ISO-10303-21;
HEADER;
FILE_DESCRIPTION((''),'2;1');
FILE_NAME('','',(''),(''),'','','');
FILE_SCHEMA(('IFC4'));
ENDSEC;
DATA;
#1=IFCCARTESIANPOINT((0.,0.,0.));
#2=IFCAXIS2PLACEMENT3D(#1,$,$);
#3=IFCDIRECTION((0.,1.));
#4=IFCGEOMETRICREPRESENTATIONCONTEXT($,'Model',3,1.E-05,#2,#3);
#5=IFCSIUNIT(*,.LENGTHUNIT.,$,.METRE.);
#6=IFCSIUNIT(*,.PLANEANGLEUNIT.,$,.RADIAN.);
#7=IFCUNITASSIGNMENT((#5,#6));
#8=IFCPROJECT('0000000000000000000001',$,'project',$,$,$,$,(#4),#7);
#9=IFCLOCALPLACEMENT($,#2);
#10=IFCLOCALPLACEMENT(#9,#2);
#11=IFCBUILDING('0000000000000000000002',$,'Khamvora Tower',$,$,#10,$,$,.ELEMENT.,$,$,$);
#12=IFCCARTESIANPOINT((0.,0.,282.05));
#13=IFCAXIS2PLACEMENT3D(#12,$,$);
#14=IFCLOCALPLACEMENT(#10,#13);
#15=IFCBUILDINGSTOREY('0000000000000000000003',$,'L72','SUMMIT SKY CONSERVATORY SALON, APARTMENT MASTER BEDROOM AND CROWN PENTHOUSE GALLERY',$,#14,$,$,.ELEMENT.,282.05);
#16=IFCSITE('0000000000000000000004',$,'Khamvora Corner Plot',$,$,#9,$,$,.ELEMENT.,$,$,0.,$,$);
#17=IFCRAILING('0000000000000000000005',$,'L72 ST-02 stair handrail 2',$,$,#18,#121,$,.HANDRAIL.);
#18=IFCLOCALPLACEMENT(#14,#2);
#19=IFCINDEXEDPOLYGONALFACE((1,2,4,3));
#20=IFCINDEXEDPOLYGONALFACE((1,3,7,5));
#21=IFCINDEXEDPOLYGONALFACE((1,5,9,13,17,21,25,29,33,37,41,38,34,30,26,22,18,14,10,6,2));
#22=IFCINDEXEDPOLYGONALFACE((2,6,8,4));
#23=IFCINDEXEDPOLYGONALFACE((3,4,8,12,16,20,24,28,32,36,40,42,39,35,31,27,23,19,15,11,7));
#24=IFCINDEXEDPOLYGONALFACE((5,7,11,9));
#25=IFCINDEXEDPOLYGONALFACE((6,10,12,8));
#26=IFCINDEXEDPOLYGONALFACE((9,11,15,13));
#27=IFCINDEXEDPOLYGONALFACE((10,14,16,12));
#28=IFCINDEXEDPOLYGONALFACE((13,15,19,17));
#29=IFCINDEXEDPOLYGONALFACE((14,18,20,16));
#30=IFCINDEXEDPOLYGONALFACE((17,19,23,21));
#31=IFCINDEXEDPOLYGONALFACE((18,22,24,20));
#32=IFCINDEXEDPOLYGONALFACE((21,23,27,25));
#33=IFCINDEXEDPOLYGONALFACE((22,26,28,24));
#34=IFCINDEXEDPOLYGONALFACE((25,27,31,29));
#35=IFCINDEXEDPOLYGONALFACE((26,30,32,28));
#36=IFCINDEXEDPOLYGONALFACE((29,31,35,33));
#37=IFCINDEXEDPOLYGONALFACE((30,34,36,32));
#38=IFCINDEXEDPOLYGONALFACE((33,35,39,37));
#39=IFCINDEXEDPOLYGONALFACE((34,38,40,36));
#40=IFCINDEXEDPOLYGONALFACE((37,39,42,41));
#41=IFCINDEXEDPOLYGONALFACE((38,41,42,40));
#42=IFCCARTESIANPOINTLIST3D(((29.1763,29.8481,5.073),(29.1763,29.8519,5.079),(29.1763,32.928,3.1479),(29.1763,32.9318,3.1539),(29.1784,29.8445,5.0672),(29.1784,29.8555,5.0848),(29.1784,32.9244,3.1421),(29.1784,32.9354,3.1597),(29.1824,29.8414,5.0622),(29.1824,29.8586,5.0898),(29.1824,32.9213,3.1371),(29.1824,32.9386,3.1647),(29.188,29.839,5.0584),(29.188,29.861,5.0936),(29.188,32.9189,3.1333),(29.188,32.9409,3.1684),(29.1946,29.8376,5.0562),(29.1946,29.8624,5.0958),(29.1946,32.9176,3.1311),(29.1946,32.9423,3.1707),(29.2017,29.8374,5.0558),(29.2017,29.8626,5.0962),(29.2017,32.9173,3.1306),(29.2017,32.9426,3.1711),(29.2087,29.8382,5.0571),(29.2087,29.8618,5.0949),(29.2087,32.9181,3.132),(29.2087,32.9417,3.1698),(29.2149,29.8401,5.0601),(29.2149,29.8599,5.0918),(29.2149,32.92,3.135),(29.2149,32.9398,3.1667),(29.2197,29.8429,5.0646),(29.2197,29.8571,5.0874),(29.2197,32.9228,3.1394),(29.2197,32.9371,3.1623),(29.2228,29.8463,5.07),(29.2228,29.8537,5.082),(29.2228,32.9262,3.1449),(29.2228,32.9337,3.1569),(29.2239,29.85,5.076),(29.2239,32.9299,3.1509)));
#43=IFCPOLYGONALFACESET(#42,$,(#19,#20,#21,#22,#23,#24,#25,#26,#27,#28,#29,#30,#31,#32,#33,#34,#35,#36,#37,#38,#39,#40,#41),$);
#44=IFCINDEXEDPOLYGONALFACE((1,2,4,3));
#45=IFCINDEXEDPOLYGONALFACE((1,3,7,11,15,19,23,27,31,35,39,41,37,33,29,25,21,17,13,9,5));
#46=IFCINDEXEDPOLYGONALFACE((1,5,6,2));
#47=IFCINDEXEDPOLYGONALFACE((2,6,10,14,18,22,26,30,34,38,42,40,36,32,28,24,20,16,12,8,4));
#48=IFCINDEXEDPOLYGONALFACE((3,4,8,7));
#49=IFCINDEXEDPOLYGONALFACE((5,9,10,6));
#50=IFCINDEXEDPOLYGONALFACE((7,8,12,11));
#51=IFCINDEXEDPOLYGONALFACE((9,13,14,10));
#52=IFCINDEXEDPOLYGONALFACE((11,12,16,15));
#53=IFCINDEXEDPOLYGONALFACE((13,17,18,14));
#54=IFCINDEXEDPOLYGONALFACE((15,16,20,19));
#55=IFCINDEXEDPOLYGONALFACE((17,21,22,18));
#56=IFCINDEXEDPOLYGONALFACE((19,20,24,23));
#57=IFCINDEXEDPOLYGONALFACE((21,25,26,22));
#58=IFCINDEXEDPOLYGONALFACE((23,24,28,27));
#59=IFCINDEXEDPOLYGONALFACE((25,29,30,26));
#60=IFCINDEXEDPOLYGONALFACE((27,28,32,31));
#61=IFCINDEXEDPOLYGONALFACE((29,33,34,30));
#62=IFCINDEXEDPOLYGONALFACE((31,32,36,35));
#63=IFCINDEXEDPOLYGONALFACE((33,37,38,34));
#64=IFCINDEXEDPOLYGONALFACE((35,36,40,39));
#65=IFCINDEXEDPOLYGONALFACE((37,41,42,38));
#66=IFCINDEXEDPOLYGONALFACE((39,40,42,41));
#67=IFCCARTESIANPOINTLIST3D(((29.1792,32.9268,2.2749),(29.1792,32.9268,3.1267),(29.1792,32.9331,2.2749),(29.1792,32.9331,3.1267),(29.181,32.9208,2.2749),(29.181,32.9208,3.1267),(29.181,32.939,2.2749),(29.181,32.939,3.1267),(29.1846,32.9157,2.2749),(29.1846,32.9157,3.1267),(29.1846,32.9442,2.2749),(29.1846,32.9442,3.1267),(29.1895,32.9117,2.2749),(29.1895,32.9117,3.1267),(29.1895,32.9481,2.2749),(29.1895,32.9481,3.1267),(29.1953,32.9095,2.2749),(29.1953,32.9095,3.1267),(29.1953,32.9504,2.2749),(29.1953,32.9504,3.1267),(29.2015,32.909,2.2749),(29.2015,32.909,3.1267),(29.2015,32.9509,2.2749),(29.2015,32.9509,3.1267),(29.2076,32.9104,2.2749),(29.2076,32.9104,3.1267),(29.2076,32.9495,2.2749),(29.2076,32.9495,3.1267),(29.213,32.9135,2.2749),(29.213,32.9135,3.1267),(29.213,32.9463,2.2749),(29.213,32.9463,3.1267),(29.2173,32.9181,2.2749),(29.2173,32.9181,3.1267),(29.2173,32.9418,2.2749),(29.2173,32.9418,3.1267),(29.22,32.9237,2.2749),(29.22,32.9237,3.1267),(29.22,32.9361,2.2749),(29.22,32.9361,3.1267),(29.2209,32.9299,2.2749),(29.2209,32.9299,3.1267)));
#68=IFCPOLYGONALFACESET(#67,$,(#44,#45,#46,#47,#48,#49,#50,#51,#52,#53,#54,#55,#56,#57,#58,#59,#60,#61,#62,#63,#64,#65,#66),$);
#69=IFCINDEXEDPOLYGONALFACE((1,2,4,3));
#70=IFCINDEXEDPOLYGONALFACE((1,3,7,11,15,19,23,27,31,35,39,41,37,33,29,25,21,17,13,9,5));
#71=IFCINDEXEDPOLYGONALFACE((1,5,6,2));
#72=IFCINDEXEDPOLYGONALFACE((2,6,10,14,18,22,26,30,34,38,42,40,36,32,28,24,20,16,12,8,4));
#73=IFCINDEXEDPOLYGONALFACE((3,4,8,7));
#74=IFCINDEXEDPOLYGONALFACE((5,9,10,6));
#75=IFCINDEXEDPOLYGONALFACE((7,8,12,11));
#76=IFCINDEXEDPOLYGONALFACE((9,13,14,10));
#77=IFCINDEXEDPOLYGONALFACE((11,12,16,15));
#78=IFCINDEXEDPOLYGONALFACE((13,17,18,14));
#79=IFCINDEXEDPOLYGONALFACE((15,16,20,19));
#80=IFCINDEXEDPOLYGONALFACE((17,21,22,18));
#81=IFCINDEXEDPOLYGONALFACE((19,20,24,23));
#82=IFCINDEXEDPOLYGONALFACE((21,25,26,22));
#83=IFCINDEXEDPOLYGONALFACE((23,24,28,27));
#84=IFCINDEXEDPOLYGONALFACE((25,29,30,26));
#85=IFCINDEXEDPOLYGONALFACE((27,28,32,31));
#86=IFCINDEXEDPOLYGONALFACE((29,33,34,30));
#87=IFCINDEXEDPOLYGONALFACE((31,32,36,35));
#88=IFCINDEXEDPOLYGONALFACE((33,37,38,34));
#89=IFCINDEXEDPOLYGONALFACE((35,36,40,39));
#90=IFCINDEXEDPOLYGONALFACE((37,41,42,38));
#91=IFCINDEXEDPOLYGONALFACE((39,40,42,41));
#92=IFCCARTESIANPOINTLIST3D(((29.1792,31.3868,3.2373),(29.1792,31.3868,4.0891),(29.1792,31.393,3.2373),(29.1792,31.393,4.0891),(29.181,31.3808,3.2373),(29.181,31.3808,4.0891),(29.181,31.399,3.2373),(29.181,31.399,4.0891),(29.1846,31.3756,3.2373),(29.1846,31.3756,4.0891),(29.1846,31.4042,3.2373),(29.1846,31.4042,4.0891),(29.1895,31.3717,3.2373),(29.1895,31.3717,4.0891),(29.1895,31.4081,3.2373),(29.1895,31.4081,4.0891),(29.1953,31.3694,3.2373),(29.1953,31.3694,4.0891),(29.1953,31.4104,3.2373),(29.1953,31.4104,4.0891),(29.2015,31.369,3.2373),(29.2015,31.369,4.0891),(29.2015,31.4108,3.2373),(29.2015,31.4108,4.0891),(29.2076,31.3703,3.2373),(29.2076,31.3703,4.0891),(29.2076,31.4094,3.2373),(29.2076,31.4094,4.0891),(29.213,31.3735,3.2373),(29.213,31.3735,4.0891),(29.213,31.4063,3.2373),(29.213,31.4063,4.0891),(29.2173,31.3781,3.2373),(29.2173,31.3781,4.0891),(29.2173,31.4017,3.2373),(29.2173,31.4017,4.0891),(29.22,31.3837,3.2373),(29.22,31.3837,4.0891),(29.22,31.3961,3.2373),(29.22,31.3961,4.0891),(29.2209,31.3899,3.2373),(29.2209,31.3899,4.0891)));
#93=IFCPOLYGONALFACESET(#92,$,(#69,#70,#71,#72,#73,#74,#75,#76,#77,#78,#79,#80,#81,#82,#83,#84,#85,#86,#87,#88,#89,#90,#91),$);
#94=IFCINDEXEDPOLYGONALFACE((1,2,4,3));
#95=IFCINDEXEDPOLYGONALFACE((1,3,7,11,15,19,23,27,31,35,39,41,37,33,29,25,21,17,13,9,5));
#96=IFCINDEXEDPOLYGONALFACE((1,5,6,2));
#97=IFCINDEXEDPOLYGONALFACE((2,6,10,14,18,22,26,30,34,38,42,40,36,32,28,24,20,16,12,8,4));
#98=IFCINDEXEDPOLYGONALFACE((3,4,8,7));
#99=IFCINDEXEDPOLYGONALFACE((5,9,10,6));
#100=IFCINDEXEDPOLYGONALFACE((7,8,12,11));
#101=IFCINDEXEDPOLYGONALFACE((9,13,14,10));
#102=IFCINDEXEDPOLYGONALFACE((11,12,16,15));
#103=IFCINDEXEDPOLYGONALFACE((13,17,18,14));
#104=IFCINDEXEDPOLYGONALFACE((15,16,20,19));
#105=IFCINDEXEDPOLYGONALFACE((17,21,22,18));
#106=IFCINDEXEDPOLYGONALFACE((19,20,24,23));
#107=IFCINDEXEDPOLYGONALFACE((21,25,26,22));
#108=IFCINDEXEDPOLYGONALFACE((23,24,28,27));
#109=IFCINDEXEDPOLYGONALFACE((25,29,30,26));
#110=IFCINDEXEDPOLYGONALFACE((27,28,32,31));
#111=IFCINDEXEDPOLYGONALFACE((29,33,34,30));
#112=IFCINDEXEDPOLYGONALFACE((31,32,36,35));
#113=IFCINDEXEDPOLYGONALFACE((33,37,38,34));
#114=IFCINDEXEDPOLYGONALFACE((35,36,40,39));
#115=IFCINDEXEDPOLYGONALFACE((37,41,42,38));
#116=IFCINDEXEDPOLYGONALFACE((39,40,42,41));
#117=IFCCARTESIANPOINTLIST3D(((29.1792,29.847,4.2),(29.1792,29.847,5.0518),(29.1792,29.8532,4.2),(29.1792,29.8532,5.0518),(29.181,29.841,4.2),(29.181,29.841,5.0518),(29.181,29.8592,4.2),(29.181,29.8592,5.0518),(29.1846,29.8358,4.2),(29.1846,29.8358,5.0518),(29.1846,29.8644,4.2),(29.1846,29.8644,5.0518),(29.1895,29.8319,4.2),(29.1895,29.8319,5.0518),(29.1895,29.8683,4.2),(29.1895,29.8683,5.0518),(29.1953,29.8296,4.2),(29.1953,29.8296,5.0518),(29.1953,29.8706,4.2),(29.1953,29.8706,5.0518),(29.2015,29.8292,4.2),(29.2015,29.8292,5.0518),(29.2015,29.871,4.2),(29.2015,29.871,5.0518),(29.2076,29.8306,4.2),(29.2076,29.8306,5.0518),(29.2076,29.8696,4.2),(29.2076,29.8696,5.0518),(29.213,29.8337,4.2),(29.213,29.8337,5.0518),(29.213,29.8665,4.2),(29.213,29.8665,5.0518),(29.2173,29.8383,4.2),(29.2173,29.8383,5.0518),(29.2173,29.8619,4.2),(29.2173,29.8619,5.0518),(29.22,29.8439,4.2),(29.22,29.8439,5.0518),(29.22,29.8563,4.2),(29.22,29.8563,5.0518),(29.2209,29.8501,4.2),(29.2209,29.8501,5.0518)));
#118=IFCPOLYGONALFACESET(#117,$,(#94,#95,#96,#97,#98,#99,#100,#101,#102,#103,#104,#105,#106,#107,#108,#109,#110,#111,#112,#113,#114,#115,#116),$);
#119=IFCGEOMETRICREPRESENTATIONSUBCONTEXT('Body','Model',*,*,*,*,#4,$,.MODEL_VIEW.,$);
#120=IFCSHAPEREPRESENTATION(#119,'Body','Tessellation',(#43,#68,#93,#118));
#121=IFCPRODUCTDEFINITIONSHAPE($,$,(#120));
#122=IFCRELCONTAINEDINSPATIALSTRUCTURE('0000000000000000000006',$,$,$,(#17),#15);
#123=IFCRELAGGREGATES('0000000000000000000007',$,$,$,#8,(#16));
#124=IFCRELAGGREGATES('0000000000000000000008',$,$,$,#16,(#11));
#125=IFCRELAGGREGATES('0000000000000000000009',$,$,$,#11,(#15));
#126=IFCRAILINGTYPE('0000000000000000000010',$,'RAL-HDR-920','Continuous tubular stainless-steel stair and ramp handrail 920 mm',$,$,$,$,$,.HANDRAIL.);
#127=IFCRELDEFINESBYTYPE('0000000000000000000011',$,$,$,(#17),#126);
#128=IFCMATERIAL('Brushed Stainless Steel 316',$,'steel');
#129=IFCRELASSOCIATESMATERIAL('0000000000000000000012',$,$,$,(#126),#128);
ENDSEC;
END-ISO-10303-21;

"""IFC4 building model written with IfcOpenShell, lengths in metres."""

from ifc_helpers import new_model, si_unit, direction, frame, origin, origin_2d, place, context, subcontext, project, spatial, circle, extrude, material, type_object, element, save


model = new_model("IFC4")

# Units and contexts
model_context = context("Model", 3, precision=1e-05, world=origin(), true_north=direction((0.0, 1.0)))
body_context = subcontext(model_context, "Body", "Model", "MODEL_VIEW")
ifc_project = project(units=[si_unit("LENGTHUNIT", "METRE"), si_unit("PLANEANGLEUNIT", "RADIAN")], contexts=[model_context])

# Site, building, storey
site_placement = place(None, origin())
site = spatial("IfcSite", under=ifc_project, at=site_placement, Name="Khamvora Corner Plot", CompositionType="ELEMENT", RefElevation=0.0)
building_placement = place(site_placement, origin())
building = spatial("IfcBuilding", under=site, at=building_placement, Name="Khamvora Tower", CompositionType="ELEMENT")
storey_placement = place(building_placement, frame((0.0, 0.0, 282.05)))
storey = spatial("IfcBuildingStorey", under=building, at=storey_placement, Name="L72", Description="SUMMIT SKY CONSERVATORY SALON, APARTMENT MASTER BEDROOM AND CROWN PENTHOUSE GALLERY", CompositionType="ELEMENT", Elevation=282.05)

# Railing
ifc_material_1 = material(Name="Brushed Stainless Steel 316", Category="steel")
railing_type_1 = type_object("IfcRailingType", Name="RAL-HDR-920", Description="Continuous tubular stainless-steel stair and ramp handrail 920 mm", PredefinedType="HANDRAIL", material=ifc_material_1)
railing_1_placement = place(storey_placement, frame((29.2, 32.9299, 2.2749)))
element("IfcRailing", 1, at=railing_1_placement, inside=storey, type_object=railing_type_1, Name="L72 ST-02 stair handrail 2", PredefinedType="HANDRAIL", context=body_context, shape_type="SweptSolid", body=[
    extrude(circle(Radius=0.0239, at=origin_2d()), frame((0.0, 0.0, 0.876), z_axis=(0.0, -0.847979, 0.530029), x_axis=(1.0, 0.0, 0.0)), (0.0, 0.0, 1.0), 3.6321),
    extrude(circle(Radius=0.021, at=origin_2d()), origin(), (0.0, 0.0, 1.0), 0.8518),
    extrude(circle(Radius=0.021, at=origin_2d()), frame((0.0, -1.54, 0.9624)), (0.0, 0.0, 1.0), 0.8518),
    extrude(circle(Radius=0.021, at=origin_2d()), frame((0.0, -3.0798, 1.925)), (0.0, 0.0, 1.0), 0.8518),
])

save(model, "model.ifc")
